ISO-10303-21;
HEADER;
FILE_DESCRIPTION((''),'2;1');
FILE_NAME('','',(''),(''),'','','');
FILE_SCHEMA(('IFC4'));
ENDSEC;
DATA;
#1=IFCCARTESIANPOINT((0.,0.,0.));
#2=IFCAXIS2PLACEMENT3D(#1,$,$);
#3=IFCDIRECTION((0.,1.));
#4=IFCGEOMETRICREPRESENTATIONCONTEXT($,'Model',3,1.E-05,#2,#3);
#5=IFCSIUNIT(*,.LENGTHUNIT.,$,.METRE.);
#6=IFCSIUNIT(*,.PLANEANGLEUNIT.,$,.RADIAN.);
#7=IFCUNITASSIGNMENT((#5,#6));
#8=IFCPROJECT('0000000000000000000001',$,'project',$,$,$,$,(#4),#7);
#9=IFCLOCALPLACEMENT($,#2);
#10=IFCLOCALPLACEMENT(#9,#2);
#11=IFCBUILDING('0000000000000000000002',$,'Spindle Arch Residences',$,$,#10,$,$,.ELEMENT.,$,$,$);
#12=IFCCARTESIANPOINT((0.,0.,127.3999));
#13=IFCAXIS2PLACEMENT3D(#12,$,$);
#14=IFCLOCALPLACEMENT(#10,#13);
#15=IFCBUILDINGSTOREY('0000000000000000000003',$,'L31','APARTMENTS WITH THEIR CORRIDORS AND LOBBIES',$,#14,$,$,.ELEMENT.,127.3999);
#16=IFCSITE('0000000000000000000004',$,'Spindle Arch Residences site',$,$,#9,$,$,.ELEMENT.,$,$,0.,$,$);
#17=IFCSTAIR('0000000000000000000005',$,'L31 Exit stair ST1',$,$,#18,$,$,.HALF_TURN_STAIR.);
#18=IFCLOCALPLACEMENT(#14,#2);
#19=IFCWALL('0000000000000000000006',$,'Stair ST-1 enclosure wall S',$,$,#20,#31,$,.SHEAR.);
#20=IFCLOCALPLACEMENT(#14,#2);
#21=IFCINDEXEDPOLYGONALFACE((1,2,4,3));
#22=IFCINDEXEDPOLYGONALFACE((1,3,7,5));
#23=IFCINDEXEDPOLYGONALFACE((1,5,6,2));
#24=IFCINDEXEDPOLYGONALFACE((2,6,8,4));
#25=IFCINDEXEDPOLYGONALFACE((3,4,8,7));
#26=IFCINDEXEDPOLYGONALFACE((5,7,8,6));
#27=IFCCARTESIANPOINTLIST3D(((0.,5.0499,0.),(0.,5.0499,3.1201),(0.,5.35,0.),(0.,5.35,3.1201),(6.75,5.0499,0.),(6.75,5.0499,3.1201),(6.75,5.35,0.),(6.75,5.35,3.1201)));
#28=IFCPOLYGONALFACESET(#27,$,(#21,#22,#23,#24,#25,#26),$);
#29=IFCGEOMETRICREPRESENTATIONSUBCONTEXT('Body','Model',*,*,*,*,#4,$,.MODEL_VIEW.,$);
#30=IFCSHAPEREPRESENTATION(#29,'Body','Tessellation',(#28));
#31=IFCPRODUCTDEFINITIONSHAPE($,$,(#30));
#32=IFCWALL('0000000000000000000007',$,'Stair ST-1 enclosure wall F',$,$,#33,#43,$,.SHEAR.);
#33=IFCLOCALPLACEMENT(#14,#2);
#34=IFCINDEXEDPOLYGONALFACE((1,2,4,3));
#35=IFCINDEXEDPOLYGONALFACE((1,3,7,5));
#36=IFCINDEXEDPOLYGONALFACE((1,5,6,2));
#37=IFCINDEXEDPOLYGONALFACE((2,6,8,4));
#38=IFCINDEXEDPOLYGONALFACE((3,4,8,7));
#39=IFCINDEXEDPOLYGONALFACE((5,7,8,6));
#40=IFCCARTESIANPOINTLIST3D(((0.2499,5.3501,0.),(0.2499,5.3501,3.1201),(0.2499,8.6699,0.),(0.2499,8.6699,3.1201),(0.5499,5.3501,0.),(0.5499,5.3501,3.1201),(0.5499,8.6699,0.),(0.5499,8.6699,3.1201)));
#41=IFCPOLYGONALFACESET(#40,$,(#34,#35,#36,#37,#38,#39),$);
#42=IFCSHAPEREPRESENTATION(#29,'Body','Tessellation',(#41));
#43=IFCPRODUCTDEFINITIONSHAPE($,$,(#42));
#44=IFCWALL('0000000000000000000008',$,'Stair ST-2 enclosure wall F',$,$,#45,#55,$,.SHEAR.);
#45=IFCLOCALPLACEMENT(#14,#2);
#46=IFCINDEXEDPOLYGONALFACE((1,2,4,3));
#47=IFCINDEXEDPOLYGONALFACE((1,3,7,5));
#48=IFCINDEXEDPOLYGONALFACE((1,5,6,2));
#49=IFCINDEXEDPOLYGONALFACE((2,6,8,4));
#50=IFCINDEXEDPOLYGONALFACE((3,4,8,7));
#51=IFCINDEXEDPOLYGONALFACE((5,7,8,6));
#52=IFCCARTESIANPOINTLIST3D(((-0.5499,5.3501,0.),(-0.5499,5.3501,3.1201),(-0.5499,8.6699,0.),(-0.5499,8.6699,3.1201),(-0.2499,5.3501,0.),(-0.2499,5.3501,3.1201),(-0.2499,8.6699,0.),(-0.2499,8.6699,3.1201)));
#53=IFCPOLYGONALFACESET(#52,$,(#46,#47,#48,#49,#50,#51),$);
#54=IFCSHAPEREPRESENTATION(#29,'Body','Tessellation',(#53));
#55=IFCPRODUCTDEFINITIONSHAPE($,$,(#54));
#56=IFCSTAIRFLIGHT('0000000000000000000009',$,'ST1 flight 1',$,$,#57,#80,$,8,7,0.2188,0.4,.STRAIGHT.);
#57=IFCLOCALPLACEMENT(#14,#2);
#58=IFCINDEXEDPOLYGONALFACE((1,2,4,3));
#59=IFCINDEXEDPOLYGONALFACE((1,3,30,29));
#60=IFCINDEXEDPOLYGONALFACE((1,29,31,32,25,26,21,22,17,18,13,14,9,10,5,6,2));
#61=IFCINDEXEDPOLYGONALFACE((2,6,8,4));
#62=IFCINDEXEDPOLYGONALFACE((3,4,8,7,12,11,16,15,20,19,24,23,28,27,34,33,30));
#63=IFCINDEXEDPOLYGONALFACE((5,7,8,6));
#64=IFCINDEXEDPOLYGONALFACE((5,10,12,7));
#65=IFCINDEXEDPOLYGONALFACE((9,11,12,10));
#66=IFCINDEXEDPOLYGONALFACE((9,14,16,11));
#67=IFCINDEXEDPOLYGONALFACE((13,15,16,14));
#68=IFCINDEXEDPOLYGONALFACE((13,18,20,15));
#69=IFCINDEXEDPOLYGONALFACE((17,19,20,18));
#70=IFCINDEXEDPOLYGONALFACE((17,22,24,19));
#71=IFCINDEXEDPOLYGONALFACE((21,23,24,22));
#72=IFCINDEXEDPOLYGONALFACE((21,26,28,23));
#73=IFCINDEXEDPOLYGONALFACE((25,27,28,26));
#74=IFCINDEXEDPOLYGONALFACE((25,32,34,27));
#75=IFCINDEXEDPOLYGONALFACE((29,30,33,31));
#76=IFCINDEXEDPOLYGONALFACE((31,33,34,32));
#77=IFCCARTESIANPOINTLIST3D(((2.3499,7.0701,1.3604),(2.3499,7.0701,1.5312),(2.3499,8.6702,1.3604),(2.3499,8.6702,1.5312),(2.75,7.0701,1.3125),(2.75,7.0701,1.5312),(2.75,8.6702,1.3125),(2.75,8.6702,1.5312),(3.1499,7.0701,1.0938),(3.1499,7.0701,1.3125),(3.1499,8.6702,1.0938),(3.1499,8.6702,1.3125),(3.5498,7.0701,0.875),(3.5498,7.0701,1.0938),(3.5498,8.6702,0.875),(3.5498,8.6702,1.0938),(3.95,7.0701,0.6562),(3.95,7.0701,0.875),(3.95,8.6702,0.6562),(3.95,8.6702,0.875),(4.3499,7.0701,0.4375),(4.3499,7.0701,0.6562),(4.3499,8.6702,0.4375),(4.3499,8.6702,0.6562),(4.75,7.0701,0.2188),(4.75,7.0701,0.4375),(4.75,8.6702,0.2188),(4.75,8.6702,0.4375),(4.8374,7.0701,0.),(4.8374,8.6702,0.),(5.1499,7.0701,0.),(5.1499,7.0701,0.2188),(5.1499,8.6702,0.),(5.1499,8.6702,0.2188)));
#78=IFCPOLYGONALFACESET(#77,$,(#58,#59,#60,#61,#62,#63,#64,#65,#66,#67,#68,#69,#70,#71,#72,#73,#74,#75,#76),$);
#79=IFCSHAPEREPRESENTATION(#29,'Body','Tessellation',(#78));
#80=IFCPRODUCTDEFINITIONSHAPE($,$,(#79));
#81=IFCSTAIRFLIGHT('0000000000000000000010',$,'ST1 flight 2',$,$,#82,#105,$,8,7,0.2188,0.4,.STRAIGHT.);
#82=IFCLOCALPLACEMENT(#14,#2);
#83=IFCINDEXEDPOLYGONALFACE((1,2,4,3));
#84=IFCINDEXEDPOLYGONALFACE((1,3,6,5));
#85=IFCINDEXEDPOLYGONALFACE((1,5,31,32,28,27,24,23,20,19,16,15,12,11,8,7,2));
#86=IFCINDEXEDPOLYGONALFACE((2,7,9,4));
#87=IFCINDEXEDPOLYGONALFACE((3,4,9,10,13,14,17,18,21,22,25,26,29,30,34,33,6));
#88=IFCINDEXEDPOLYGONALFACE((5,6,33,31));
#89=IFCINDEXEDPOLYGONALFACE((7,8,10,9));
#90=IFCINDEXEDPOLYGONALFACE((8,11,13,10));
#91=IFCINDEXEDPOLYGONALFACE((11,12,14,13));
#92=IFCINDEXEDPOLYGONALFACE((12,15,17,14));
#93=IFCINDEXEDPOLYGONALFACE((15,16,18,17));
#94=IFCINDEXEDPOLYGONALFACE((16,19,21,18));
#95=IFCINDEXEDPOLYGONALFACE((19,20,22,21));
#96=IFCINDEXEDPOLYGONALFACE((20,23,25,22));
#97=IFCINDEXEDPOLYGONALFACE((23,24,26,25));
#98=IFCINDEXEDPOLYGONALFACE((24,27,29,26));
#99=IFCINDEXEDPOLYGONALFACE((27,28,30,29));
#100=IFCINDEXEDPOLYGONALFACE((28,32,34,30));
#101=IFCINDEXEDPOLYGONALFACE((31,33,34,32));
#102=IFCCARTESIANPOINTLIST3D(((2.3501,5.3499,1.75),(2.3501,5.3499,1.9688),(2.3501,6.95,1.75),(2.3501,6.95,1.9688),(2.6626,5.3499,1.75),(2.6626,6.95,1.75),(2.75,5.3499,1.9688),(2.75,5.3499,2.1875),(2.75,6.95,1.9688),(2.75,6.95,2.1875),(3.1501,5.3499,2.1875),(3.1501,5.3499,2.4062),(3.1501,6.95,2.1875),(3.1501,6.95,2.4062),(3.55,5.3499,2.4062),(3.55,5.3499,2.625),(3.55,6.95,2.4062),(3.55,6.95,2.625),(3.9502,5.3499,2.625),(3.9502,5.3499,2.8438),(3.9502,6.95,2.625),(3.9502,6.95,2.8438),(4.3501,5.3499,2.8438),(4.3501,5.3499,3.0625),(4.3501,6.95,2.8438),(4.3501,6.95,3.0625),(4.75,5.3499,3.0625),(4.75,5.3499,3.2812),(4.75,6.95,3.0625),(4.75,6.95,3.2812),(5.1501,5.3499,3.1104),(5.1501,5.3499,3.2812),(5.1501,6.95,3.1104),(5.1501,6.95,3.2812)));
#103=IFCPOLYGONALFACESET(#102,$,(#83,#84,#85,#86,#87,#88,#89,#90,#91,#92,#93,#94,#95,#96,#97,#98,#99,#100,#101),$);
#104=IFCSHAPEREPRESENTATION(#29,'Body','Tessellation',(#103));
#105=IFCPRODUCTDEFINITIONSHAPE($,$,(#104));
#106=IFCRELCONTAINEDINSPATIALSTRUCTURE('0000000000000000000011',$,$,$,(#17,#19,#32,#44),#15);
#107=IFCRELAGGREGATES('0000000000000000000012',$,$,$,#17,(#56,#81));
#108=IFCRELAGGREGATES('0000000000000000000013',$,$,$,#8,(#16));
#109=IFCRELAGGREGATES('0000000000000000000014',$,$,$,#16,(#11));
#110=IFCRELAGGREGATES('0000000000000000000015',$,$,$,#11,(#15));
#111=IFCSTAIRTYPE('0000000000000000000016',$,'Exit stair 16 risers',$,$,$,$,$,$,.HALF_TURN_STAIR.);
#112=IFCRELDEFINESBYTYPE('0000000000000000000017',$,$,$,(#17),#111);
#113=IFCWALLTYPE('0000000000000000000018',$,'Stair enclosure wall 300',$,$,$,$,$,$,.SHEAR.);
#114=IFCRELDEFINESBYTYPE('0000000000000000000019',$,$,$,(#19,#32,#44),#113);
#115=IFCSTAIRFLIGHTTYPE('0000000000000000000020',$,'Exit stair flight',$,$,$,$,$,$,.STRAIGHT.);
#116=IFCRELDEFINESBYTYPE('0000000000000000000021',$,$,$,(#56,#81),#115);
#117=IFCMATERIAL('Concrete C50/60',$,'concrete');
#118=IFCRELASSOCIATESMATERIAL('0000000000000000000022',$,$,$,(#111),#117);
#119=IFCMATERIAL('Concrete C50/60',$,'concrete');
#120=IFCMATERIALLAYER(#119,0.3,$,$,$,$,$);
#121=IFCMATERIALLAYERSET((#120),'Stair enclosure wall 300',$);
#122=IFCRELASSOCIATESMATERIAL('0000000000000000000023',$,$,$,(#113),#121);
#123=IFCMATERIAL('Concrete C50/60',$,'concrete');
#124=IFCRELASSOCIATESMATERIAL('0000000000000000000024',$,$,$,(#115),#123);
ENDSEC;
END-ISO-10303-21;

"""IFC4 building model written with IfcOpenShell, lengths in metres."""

from ifc_helpers import new_model, si_unit, direction, frame, frame_2d, origin, place, context, subcontext, project, spatial, polyline, rectangle, outline, extrude, material, layer, layer_set, type_object, element, aggregate, save


model = new_model("IFC4")

# Units and contexts
model_context = context("Model", 3, precision=1e-05, world=origin(), true_north=direction((0.0, 1.0)))
body_context = subcontext(model_context, "Body", "Model", "MODEL_VIEW")
ifc_project = project(units=[si_unit("LENGTHUNIT", "METRE"), si_unit("PLANEANGLEUNIT", "RADIAN")], contexts=[model_context])

# Site, building, storey
site_placement = place(None, origin())
site = spatial("IfcSite", under=ifc_project, at=site_placement, Name="Spindle Arch Residences site", CompositionType="ELEMENT", RefElevation=0.0)
building_placement = place(site_placement, origin())
building = spatial("IfcBuilding", under=site, at=building_placement, Name="Spindle Arch Residences", CompositionType="ELEMENT")
storey_placement = place(building_placement, frame((0.0, 0.0, 127.3999)))
storey = spatial("IfcBuildingStorey", under=building, at=storey_placement, Name="L31", Description="APARTMENTS WITH THEIR CORRIDORS AND LOBBIES", CompositionType="ELEMENT", Elevation=127.3999)

# Stair
ifc_material_1 = material(Name="Concrete C50/60", Category="concrete")
stair_type = type_object("IfcStairType", Name="Exit stair 16 risers", PredefinedType="HALF_TURN_STAIR", material=ifc_material_1)
stair_1_placement = place(storey_placement, origin())
stair_1 = element("IfcStair", 1, at=stair_1_placement, inside=storey, type_object=stair_type, Name="L31 Exit stair ST1", PredefinedType="HALF_TURN_STAIR")

# Walls
ifc_material_2 = material(Name="Concrete C50/60", Category="concrete")
ifc_layer_1 = layer(ifc_material_2, 0.3)
ifc_layer_set_1 = layer_set([ifc_layer_1], Name="Stair enclosure wall 300")
wall_type_1 = type_object("IfcWallType", Name="Stair enclosure wall 300", PredefinedType="SHEAR", material=ifc_layer_set_1)
wall_1_placement = place(storey_placement, frame((0.0, 5.2, 0.0), z_axis=(0.0, 0.0, 1.0), x_axis=(1.0, 0.0, 0.0)))
element("IfcWall", 2, at=wall_1_placement, inside=storey, type_object=wall_type_1, Name="Stair ST-1 enclosure wall S", PredefinedType="SHEAR", context=body_context, shape_type="SweptSolid", body=[
    extrude(rectangle(XDim=6.75, YDim=0.3, at=frame_2d((3.375, 0.0))), origin(), (0.0, 0.0, 1.0), 3.1201),
])
for number, where, z_axis, x_axis, name in (
    (3, (0.3999, 5.3501, 0.0), (0.0, 0.0, 1.0), (0.0, 1.0, 0.0), "Stair ST-1 enclosure wall F"),
    (4, (-0.3999, 5.3501, 0.0), (0.0, 0.0, 1.0), (0.0, 1.0, 0.0), "Stair ST-2 enclosure wall F"),
):
    element("IfcWall", number, at=place(storey_placement, frame(where, z_axis=z_axis, x_axis=x_axis)), inside=storey, type_object=wall_type_1, Name=name, PredefinedType="SHEAR", context=body_context, shape_type="SweptSolid", body=[
        extrude(rectangle(XDim=3.3198, YDim=0.3, at=frame_2d((1.6599, 0.0))), origin(), (0.0, 0.0, 1.0), 3.1201),
    ])

# Stair flights
ifc_material_3 = material(Name="Concrete C50/60", Category="concrete")
stair_flight_type = type_object("IfcStairFlightType", Name="Exit stair flight", PredefinedType="STRAIGHT", material=ifc_material_3)
stair_flight_1_placement = place(storey_placement, frame((5.1499, 7.8701, 0.0), z_axis=(0.0, 0.0, 1.0), x_axis=(-1.0, 0.0, 0.0)))
stair_flight_1 = element("IfcStairFlight", 5, at=stair_flight_1_placement, type_object=stair_flight_type, Name="ST1 flight 1", NumberOfRisers=8, NumberOfTreads=7, PredefinedType="STRAIGHT", RiserHeight=0.2188, TreadLength=0.4, context=body_context, shape_type="SweptSolid", body=[
    extrude(outline(polyline([(0.0, 0.0), (0.0, 0.2188), (0.3999, 0.2188), (0.3999, 0.4375), (0.8, 0.4375), (0.8, 0.6562), (1.2, 0.6562), (1.2, 0.875), (1.6001, 0.875), (1.6001, 1.0938), (2.0, 1.0938), (2.0, 1.3125), (2.3999, 1.3125), (2.3999, 1.5312), (2.8, 1.5312), (2.8, 1.75), (2.8, 1.3604), (0.3125, 0.0), (0.0, 0.0)])), frame((0.0, 0.8, 0.0), z_axis=(0.0, -1.0, 0.0), x_axis=(1.0, 0.0, 0.0)), (0.0, 0.0, 1.0), 1.6001),
])
stair_flight_2_placement = place(storey_placement, frame((2.3501, 6.1499, 1.75), z_axis=(0.0, 0.0, 1.0), x_axis=(1.0, 0.0, 0.0)))
stair_flight_2 = element("IfcStairFlight", 6, at=stair_flight_2_placement, type_object=stair_flight_type, Name="ST1 flight 2", NumberOfRisers=8, NumberOfTreads=7, PredefinedType="STRAIGHT", RiserHeight=0.2188, TreadLength=0.4, context=body_context, shape_type="SweptSolid", body=[
    extrude(outline(polyline([(0.0, 0.0), (0.0, 0.2188), (0.3999, 0.2188), (0.3999, 0.4375), (0.8, 0.4375), (0.8, 0.6562), (1.2, 0.6562), (1.2, 0.875), (1.6001, 0.875), (1.6001, 1.0938), (2.0, 1.0938), (2.0, 1.3125), (2.3999, 1.3125), (2.3999, 1.5312), (2.8, 1.5312), (2.8, 1.75), (2.8, 1.3604), (0.3125, 0.0), (0.0, 0.0)])), frame((0.0, 0.8, 0.0), z_axis=(0.0, -1.0, 0.0), x_axis=(1.0, 0.0, 0.0)), (0.0, 0.0, 1.0), 1.6001),
])
aggregate(stair_1, [stair_flight_1, stair_flight_2])

save(model, "model.ifc")
